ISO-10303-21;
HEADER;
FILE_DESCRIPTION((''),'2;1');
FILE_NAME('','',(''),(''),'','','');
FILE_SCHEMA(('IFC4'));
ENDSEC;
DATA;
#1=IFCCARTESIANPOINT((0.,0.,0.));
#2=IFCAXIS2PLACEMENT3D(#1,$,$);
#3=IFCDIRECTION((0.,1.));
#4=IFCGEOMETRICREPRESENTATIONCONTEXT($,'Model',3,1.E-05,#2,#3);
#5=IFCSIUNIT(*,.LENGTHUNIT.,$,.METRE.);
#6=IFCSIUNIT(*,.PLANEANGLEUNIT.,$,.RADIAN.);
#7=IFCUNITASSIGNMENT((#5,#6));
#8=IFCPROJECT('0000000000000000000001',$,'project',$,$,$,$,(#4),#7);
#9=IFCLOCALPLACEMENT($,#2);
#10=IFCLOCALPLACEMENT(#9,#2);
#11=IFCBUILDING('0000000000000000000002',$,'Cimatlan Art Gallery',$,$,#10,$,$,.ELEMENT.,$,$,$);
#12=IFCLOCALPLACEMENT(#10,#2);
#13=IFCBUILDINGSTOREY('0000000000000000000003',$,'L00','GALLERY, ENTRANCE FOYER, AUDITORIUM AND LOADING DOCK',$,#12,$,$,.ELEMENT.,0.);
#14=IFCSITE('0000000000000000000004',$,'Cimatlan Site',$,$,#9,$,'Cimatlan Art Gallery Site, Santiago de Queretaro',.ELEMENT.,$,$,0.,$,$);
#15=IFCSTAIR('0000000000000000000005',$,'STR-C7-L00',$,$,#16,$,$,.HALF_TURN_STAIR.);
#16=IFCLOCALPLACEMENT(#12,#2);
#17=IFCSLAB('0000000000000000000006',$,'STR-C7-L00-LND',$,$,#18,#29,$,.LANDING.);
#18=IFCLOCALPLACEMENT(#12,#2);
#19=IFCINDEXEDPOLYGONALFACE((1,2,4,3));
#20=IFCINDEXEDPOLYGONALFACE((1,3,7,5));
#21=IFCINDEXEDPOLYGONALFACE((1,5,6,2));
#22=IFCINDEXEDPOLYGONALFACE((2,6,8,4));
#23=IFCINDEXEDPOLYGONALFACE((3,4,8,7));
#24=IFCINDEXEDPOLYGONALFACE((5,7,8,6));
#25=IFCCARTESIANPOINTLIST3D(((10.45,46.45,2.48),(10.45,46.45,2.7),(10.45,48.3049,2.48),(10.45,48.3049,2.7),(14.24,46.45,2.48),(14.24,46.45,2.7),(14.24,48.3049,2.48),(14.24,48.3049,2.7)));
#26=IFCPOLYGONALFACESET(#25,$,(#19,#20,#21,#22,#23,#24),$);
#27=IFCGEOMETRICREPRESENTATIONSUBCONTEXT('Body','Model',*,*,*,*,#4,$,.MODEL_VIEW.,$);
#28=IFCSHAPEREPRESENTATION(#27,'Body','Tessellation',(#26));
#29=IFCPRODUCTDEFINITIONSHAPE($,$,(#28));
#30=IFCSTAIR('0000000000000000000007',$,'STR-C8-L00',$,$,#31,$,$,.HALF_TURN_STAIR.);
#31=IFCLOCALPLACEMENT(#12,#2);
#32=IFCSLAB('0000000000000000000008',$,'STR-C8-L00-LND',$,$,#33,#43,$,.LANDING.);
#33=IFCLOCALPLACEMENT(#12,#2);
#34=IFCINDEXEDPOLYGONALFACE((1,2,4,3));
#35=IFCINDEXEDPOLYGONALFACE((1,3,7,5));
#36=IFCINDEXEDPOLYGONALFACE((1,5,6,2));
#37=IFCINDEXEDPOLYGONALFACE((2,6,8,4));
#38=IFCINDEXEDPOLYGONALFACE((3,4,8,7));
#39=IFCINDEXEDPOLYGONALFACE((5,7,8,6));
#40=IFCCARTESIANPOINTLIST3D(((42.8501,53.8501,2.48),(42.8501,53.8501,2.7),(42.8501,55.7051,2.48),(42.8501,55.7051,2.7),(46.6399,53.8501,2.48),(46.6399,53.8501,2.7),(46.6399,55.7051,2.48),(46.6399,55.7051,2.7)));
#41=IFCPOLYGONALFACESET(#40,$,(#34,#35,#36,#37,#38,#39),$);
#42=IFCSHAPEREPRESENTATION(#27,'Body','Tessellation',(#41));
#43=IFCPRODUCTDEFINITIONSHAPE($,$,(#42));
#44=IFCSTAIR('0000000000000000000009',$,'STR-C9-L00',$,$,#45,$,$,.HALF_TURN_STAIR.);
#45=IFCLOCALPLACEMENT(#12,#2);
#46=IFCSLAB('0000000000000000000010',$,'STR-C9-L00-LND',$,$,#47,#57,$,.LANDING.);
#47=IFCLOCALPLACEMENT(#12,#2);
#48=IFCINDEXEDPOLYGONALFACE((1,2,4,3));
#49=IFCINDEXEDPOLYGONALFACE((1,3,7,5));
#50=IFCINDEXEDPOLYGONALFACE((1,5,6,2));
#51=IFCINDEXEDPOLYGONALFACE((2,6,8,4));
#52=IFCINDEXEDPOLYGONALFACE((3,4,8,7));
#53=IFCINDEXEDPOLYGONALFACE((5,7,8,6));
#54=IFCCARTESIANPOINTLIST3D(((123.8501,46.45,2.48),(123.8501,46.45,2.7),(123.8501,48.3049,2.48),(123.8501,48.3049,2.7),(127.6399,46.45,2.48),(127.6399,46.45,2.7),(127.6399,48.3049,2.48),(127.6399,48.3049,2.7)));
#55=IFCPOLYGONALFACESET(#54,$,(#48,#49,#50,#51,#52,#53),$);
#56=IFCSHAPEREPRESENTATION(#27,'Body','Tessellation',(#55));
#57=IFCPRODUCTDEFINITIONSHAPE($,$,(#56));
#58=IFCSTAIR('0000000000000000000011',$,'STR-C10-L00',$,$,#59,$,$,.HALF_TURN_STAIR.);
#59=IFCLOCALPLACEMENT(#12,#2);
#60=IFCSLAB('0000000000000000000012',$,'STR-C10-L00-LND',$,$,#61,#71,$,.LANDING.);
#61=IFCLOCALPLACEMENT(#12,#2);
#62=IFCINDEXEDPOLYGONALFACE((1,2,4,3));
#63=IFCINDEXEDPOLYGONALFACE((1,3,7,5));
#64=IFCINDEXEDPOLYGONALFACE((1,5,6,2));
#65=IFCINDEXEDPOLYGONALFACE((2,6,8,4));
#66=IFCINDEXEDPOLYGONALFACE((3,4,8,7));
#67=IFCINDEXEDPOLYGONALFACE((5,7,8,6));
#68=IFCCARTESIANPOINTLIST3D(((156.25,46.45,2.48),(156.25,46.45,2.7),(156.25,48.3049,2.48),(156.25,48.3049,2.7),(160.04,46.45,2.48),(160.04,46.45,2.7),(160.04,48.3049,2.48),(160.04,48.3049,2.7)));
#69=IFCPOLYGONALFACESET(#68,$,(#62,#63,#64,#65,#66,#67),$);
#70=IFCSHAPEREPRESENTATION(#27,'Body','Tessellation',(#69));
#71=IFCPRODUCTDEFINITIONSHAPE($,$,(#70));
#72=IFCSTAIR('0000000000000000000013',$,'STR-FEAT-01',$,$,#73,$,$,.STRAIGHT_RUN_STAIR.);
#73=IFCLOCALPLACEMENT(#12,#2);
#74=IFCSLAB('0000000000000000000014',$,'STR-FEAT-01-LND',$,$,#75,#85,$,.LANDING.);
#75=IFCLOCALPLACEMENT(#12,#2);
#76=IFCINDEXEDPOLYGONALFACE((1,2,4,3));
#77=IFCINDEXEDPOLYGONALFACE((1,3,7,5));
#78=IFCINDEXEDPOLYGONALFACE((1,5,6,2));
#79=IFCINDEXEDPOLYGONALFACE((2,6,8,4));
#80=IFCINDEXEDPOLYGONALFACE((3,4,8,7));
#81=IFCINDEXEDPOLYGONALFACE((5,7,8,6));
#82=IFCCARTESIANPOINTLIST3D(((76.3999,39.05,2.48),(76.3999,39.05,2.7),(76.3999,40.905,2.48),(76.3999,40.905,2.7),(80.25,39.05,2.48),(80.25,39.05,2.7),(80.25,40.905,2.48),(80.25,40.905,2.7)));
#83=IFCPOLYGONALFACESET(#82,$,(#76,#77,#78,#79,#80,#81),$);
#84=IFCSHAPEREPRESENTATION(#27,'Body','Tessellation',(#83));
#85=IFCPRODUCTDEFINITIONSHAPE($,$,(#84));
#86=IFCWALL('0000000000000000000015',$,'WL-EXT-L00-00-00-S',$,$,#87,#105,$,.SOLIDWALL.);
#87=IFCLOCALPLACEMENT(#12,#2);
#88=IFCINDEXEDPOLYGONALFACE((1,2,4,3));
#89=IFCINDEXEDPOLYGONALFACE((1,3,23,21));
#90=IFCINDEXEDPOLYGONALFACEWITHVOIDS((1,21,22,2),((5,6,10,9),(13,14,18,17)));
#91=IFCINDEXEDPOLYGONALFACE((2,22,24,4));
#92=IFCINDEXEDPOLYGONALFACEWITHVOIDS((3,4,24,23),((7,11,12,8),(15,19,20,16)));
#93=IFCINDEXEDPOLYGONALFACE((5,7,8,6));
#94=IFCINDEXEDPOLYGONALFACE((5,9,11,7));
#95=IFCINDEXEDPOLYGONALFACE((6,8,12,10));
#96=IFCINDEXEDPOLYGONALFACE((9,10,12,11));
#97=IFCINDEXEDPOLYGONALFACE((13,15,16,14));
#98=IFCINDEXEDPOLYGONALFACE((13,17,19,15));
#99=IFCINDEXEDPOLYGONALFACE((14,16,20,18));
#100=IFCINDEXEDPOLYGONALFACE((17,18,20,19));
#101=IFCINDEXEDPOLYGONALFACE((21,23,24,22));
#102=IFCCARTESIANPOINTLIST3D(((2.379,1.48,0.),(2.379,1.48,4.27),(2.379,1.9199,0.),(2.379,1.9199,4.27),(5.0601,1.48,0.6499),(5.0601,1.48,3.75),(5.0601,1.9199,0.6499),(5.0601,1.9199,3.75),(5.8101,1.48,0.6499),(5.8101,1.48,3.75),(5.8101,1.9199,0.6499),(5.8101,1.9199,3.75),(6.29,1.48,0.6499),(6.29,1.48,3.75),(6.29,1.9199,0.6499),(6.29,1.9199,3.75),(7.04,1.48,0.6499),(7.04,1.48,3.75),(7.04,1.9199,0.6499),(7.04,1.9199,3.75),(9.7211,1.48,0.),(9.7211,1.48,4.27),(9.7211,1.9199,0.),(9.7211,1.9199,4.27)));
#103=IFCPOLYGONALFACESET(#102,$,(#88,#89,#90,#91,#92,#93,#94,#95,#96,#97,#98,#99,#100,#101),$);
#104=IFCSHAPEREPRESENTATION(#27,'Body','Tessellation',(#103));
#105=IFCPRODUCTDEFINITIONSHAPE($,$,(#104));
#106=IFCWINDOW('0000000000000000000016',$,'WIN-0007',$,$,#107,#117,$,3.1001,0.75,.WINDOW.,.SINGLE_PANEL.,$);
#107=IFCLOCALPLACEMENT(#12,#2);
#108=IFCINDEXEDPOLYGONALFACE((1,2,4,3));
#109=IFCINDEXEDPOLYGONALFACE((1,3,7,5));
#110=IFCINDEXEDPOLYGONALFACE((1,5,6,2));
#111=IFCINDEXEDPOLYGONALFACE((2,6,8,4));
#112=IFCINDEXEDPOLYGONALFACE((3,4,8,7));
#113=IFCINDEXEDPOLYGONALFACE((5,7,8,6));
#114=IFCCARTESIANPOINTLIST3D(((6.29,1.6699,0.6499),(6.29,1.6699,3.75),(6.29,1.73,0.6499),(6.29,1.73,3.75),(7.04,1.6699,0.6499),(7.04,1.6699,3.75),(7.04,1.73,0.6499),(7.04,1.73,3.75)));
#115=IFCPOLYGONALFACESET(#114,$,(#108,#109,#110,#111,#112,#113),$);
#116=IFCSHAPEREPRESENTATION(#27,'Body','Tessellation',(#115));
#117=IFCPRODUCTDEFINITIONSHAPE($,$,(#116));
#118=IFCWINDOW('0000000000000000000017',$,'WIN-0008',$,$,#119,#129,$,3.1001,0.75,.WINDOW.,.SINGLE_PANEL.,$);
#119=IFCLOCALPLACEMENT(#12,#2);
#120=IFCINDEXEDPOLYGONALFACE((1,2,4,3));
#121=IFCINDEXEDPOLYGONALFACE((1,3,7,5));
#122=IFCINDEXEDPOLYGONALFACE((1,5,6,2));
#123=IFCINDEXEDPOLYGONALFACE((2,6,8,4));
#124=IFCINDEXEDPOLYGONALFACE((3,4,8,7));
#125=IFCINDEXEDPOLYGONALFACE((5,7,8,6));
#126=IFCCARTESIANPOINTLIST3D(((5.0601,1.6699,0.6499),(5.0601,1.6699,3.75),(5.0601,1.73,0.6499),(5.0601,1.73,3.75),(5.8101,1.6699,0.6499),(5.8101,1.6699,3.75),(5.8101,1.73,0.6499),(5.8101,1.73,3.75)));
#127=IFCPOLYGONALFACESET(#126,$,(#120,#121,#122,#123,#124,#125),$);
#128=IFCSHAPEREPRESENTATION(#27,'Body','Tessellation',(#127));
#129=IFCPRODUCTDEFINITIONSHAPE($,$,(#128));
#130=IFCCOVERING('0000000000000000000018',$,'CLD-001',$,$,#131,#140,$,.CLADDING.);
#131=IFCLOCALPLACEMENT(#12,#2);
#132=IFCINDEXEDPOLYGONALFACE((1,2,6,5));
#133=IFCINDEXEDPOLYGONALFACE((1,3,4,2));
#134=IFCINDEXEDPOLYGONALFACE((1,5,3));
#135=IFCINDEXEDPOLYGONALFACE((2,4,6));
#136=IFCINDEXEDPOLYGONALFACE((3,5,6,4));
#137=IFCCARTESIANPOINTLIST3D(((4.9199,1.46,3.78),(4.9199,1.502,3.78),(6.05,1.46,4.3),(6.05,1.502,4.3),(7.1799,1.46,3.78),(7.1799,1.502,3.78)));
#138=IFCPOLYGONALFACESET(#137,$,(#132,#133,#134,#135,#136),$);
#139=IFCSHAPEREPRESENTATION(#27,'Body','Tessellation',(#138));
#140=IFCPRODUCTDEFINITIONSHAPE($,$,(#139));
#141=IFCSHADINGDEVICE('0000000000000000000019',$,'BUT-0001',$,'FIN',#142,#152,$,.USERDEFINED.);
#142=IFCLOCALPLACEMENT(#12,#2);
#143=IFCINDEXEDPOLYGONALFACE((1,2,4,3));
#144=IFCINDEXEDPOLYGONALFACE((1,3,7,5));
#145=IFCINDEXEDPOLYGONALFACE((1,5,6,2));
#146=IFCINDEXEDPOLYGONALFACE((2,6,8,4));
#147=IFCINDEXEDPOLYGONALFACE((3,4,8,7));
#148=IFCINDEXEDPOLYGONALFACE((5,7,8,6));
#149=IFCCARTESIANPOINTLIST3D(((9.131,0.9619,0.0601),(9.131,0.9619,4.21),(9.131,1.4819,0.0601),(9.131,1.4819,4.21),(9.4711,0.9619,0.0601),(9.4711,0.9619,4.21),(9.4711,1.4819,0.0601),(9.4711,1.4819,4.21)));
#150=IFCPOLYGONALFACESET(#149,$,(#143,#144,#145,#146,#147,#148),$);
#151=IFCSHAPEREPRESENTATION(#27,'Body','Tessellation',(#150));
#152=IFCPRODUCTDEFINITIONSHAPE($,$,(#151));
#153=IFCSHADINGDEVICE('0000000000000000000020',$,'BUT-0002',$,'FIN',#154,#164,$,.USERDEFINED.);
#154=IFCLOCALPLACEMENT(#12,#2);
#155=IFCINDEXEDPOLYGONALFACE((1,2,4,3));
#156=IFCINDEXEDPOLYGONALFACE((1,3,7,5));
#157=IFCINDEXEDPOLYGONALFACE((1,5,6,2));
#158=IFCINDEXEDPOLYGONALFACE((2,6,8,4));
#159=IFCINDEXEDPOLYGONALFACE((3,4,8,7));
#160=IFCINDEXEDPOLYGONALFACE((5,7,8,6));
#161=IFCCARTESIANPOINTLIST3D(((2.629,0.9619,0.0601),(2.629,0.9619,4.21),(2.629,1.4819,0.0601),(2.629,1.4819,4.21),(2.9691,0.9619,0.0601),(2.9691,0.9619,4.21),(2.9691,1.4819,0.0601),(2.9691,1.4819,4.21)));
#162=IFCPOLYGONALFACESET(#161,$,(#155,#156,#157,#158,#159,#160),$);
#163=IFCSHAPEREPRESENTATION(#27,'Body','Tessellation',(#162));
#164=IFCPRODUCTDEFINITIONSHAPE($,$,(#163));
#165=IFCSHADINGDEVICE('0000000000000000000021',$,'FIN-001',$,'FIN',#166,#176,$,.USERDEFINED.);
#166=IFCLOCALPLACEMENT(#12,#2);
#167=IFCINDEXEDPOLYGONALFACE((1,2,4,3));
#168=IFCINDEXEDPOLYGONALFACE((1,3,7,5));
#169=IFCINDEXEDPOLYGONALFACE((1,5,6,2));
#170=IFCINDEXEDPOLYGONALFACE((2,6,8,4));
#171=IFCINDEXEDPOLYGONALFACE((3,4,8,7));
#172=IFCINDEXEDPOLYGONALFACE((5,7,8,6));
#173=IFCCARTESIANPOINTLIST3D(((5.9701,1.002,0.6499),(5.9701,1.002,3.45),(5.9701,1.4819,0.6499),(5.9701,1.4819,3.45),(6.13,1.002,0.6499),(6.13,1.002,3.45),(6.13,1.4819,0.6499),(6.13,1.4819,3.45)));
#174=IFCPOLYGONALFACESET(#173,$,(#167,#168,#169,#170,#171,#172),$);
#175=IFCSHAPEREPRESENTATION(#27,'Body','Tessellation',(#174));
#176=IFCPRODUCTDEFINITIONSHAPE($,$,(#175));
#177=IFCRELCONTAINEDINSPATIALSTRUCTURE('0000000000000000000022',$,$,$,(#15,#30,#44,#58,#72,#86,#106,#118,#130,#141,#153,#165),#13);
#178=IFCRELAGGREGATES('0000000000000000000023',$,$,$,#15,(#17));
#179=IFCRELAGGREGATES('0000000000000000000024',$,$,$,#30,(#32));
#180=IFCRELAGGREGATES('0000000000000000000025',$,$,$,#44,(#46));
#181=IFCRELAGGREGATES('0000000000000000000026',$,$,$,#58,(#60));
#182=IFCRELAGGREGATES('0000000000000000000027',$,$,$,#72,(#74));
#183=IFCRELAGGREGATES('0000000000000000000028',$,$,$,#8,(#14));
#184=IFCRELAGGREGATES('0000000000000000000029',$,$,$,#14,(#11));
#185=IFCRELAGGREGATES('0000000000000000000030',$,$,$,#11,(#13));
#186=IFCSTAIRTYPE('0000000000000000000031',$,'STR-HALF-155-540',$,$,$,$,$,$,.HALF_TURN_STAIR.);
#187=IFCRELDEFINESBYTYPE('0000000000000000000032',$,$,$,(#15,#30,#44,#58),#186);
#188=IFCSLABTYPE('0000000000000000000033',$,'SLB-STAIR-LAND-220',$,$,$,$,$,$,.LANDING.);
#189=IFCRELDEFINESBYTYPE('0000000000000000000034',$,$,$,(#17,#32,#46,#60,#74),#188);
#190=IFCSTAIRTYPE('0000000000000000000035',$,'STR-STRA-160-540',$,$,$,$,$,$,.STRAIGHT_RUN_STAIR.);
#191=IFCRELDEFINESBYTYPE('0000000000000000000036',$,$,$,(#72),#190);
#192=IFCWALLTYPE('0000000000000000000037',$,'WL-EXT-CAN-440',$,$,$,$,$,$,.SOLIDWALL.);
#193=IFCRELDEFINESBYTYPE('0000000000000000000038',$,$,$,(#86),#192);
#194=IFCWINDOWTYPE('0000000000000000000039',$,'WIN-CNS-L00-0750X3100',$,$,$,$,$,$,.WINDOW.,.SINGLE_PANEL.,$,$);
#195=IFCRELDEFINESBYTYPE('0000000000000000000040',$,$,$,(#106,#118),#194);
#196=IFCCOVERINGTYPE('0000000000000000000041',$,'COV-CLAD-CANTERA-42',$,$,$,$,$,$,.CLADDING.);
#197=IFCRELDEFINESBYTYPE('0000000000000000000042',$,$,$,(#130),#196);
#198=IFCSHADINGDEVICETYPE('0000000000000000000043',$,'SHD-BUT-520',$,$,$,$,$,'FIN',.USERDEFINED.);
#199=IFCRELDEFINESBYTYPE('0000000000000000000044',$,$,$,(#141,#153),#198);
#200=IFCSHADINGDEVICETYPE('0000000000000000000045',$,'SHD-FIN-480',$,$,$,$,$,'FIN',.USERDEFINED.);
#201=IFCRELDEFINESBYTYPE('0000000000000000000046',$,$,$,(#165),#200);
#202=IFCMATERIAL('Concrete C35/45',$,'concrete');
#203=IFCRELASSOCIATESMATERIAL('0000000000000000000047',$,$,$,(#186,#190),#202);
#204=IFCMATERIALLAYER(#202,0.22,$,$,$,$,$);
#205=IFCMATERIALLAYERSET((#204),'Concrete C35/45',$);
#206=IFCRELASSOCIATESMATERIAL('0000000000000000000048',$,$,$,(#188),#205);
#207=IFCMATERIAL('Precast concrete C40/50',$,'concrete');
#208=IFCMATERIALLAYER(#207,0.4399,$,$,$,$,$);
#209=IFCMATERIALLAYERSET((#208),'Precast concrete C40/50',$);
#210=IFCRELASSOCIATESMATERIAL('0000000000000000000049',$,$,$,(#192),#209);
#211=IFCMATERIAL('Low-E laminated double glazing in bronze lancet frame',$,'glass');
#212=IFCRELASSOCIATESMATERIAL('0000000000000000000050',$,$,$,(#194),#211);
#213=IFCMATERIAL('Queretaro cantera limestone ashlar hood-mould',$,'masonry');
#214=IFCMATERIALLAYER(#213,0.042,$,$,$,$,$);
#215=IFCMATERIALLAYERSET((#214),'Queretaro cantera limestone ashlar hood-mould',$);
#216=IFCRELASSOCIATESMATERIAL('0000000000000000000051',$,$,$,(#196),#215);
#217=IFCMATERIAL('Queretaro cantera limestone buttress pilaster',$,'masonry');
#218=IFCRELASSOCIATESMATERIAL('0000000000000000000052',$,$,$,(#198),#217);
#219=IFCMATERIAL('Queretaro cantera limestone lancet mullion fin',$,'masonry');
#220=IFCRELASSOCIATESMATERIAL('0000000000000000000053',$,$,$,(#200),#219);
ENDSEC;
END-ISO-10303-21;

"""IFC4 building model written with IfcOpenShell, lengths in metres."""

from ifc_helpers import new_model, si_unit, direction, frame, frame_2d, origin, origin_2d, place, context, subcontext, project, spatial, polyline, rectangle, outline, extrude, material, layer, layer_set, type_object, element, fill, aggregate, save


model = new_model("IFC4")

# Units and contexts
model_context = context("Model", 3, precision=1e-05, world=origin(), true_north=direction((0.0, 1.0)))
body_context = subcontext(model_context, "Body", "Model", "MODEL_VIEW")
ifc_project = project(units=[si_unit("LENGTHUNIT", "METRE"), si_unit("PLANEANGLEUNIT", "RADIAN")], contexts=[model_context])

# Site, building, storey
site_placement = place(None, origin())
site = spatial("IfcSite", under=ifc_project, at=site_placement, Name="Cimatlan Site", LongName="Cimatlan Art Gallery Site, Santiago de Queretaro", CompositionType="ELEMENT", RefElevation=0.0)
building_placement = place(site_placement, origin())
building = spatial("IfcBuilding", under=site, at=building_placement, Name="Cimatlan Art Gallery", CompositionType="ELEMENT")
storey_placement = place(building_placement, origin())
storey = spatial("IfcBuildingStorey", under=building, at=storey_placement, Name="L00", Description="GALLERY, ENTRANCE FOYER, AUDITORIUM AND LOADING DOCK", CompositionType="ELEMENT", Elevation=0.0)

# Stairs, slabs
ifc_material_1 = material(Name="Concrete C35/45", Category="concrete")
stair_type_1 = type_object("IfcStairType", Name="STR-HALF-155-540", PredefinedType="HALF_TURN_STAIR", material=ifc_material_1)
ifc_layer_1 = layer(ifc_material_1, 0.22)
ifc_layer_set_1 = layer_set([ifc_layer_1], Name="Concrete C35/45")
slab_type = type_object("IfcSlabType", Name="SLB-STAIR-LAND-220", PredefinedType="LANDING", material=ifc_layer_set_1)
stair_1_placement = place(storey_placement, origin())
stair_1 = element("IfcStair", 1, at=stair_1_placement, inside=storey, type_object=stair_type_1, Name="STR-C7-L00", PredefinedType="HALF_TURN_STAIR")
slab_1_placement = place(storey_placement, frame((0.0, 0.0, 2.48)))
slab_1 = element("IfcSlab", 2, at=slab_1_placement, type_object=slab_type, Name="STR-C7-L00-LND", PredefinedType="LANDING", context=body_context, shape_type="SweptSolid", body=[
    extrude(outline(polyline([(10.45, 46.45), (14.24, 46.45), (14.24, 48.3049), (10.45, 48.3049), (10.45, 46.45)])), origin(), (0.0, 0.0, 1.0), 0.22),
])
aggregate(stair_1, [slab_1])
stair_2_placement = place(storey_placement, origin())
stair_2 = element("IfcStair", 3, at=stair_2_placement, inside=storey, type_object=stair_type_1, Name="STR-C8-L00", PredefinedType="HALF_TURN_STAIR")
slab_2_placement = place(storey_placement, frame((0.0, 0.0, 2.48)))
slab_2 = element("IfcSlab", 4, at=slab_2_placement, type_object=slab_type, Name="STR-C8-L00-LND", PredefinedType="LANDING", context=body_context, shape_type="SweptSolid", body=[
    extrude(outline(polyline([(42.8501, 53.8501), (46.6399, 53.8501), (46.6399, 55.7051), (42.8501, 55.7051), (42.8501, 53.8501)])), origin(), (0.0, 0.0, 1.0), 0.22),
])
aggregate(stair_2, [slab_2])
stair_3_placement = place(storey_placement, origin())
stair_3 = element("IfcStair", 5, at=stair_3_placement, inside=storey, type_object=stair_type_1, Name="STR-C9-L00", PredefinedType="HALF_TURN_STAIR")
slab_3_placement = place(storey_placement, frame((0.0, 0.0, 2.48)))
slab_3 = element("IfcSlab", 6, at=slab_3_placement, type_object=slab_type, Name="STR-C9-L00-LND", PredefinedType="LANDING", context=body_context, shape_type="SweptSolid", body=[
    extrude(outline(polyline([(123.8501, 46.45), (127.6399, 46.45), (127.6399, 48.3049), (123.8501, 48.3049), (123.8501, 46.45)])), origin(), (0.0, 0.0, 1.0), 0.22),
])
aggregate(stair_3, [slab_3])
stair_4_placement = place(storey_placement, origin())
stair_4 = element("IfcStair", 7, at=stair_4_placement, inside=storey, type_object=stair_type_1, Name="STR-C10-L00", PredefinedType="HALF_TURN_STAIR")
slab_4_placement = place(storey_placement, frame((0.0, 0.0, 2.48)))
slab_4 = element("IfcSlab", 8, at=slab_4_placement, type_object=slab_type, Name="STR-C10-L00-LND", PredefinedType="LANDING", context=body_context, shape_type="SweptSolid", body=[
    extrude(outline(polyline([(156.25, 46.45), (160.04, 46.45), (160.04, 48.3049), (156.25, 48.3049), (156.25, 46.45)])), origin(), (0.0, 0.0, 1.0), 0.22),
])
aggregate(stair_4, [slab_4])
stair_type_2 = type_object("IfcStairType", Name="STR-STRA-160-540", PredefinedType="STRAIGHT_RUN_STAIR", material=ifc_material_1)
stair_5_placement = place(storey_placement, origin())
stair_5 = element("IfcStair", 9, at=stair_5_placement, inside=storey, type_object=stair_type_2, Name="STR-FEAT-01", PredefinedType="STRAIGHT_RUN_STAIR")
slab_5_placement = place(storey_placement, frame((0.0, 0.0, 2.48)))
slab_5 = element("IfcSlab", 10, at=slab_5_placement, type_object=slab_type, Name="STR-FEAT-01-LND", PredefinedType="LANDING", context=body_context, shape_type="SweptSolid", body=[
    extrude(outline(polyline([(76.3999, 39.05), (80.25, 39.05), (80.25, 40.905), (76.3999, 40.905), (76.3999, 39.05)])), origin(), (0.0, 0.0, 1.0), 0.22),
])
aggregate(stair_5, [slab_5])

# Wall, openings, windows
ifc_material_2 = material(Name="Precast concrete C40/50", Category="concrete")
ifc_layer_2 = layer(ifc_material_2, 0.4399)
ifc_layer_set_2 = layer_set([ifc_layer_2], Name="Precast concrete C40/50")
wall_type = type_object("IfcWallType", Name="WL-EXT-CAN-440", PredefinedType="SOLIDWALL", material=ifc_layer_set_2)
wall_placement = place(storey_placement, frame((9.7209, 1.7, 0.0), z_axis=(0.0, 0.0, 1.0), x_axis=(-1.0, 0.0, 0.0)))
wall = element("IfcWall", 11, at=wall_placement, inside=storey, type_object=wall_type, Name="WL-EXT-L00-00-00-S", PredefinedType="SOLIDWALL", context=body_context, shape_type="SweptSolid", body=[
    extrude(rectangle(XDim=7.342, YDim=0.4399, at=frame_2d((3.6709, 0.0))), origin(), (0.0, 0.0, 1.0), 4.27),
])
opening_1_placement = place(wall_placement, frame((2.6809, 0.0, 0.6499)))
opening_1 = element("IfcOpeningElement", 12, at=opening_1_placement, cuts=wall, PredefinedType="OPENING", context=body_context, shape_type="SweptSolid", body=[
    extrude(rectangle(XDim=0.75, YDim=3.1001, at=frame_2d((0.375, 1.55))), frame((0.0, 0.23, 0.0), z_axis=(0.0, -1.0, 0.0), x_axis=(1.0, 0.0, 0.0)), (0.0, 0.0, 1.0), 0.46),
])
opening_2_placement = place(wall_placement, frame((3.9109, 0.0, 0.6499)))
opening_2 = element("IfcOpeningElement", 13, at=opening_2_placement, cuts=wall, PredefinedType="OPENING", context=body_context, shape_type="SweptSolid", body=[
    extrude(rectangle(XDim=0.75, YDim=3.1001, at=frame_2d((0.375, 1.55))), frame((0.0, 0.23, 0.0), z_axis=(0.0, -1.0, 0.0), x_axis=(1.0, 0.0, 0.0)), (0.0, 0.0, 1.0), 0.46),
])
ifc_material_3 = material(Name="Low-E laminated double glazing in bronze lancet frame", Category="glass")
window_type = type_object("IfcWindowType", Name="WIN-CNS-L00-0750X3100", PartitioningType="SINGLE_PANEL", PredefinedType="WINDOW", material=ifc_material_3)
window_1_placement = place(opening_1_placement, origin())
window_1 = element("IfcWindow", 14, at=window_1_placement, inside=storey, type_object=window_type, Name="WIN-0007", OverallHeight=3.1001, OverallWidth=0.75, PartitioningType="SINGLE_PANEL", PredefinedType="WINDOW", context=body_context, shape_type="SweptSolid", body=[
    extrude(rectangle(XDim=0.75, YDim=3.1001, at=frame_2d((0.375, 1.55))), frame((0.0, 0.03, 0.0), z_axis=(0.0, -1.0, 0.0), x_axis=(1.0, 0.0, 0.0)), (0.0, 0.0, 1.0), 0.0601),
])
fill(opening_1, window_1)
window_2_placement = place(opening_2_placement, origin())
window_2 = element("IfcWindow", 15, at=window_2_placement, inside=storey, type_object=window_type, Name="WIN-0008", OverallHeight=3.1001, OverallWidth=0.75, PartitioningType="SINGLE_PANEL", PredefinedType="WINDOW", context=body_context, shape_type="SweptSolid", body=[
    extrude(rectangle(XDim=0.75, YDim=3.1001, at=frame_2d((0.375, 1.55))), frame((0.0, 0.03, 0.0), z_axis=(0.0, -1.0, 0.0), x_axis=(1.0, 0.0, 0.0)), (0.0, 0.0, 1.0), 0.0601),
])
fill(opening_2, window_2)

# Covering
ifc_material_4 = material(Name="Queretaro cantera limestone ashlar hood-mould", Category="masonry")
ifc_layer_3 = layer(ifc_material_4, 0.042)
ifc_layer_set_3 = layer_set([ifc_layer_3], Name="Queretaro cantera limestone ashlar hood-mould")
covering_type = type_object("IfcCoveringType", Name="COV-CLAD-CANTERA-42", PredefinedType="CLADDING", material=ifc_layer_set_3)
covering_placement = place(storey_placement, frame((7.1799, 1.502, 3.78), z_axis=(0.0, 1.0, 0.0), x_axis=(-1.0, 0.0, 0.0)))
element("IfcCovering", 16, at=covering_placement, inside=storey, type_object=covering_type, Name="CLD-001", PredefinedType="CLADDING", context=body_context, shape_type="SweptSolid", body=[
    extrude(outline(polyline([(0.0, 0.0), (2.26, 0.0), (1.1299, 0.52), (0.0, 0.0)])), origin(), (0.0, 0.0, -1.0), 0.042),
])

# Shading devices
ifc_material_5 = material(Name="Queretaro cantera limestone buttress pilaster", Category="masonry")
shading_device_type_1 = type_object("IfcShadingDeviceType", Name="SHD-BUT-520", ElementType="FIN", PredefinedType="USERDEFINED", material=ifc_material_5)
for number, where, z_axis, x_axis, name in (
    (17, (9.301, 1.2219, 0.0601), (0.0, 0.0, 1.0), (-1.0, 0.0, 0.0), "BUT-0001"),
    (18, (2.7991, 1.2219, 0.0601), (0.0, 0.0, 1.0), (-1.0, 0.0, 0.0), "BUT-0002"),
):
    element("IfcShadingDevice", number, at=place(storey_placement, frame(where, z_axis=z_axis, x_axis=x_axis)), inside=storey, type_object=shading_device_type_1, Name=name, ObjectType="FIN", PredefinedType="USERDEFINED", context=body_context, shape_type="SweptSolid", body=[
        extrude(rectangle(XDim=0.3401, YDim=0.52, at=origin_2d()), origin(), (0.0, 0.0, 1.0), 4.1499),
    ])
ifc_material_6 = material(Name="Queretaro cantera limestone lancet mullion fin", Category="masonry")
shading_device_type_2 = type_object("IfcShadingDeviceType", Name="SHD-FIN-480", ElementType="FIN", PredefinedType="USERDEFINED", material=ifc_material_6)
shading_device_placement = place(storey_placement, frame((6.05, 1.2419, 0.6499), z_axis=(0.0, 0.0, 1.0), x_axis=(-1.0, 0.0, 0.0)))
element("IfcShadingDevice", 19, at=shading_device_placement, inside=storey, type_object=shading_device_type_2, Name="FIN-001", ObjectType="FIN", PredefinedType="USERDEFINED", context=body_context, shape_type="SweptSolid", body=[
    extrude(rectangle(XDim=0.1599, YDim=0.48, at=origin_2d()), origin(), (0.0, 0.0, 1.0), 2.8),
])

save(model, "model.ifc")
